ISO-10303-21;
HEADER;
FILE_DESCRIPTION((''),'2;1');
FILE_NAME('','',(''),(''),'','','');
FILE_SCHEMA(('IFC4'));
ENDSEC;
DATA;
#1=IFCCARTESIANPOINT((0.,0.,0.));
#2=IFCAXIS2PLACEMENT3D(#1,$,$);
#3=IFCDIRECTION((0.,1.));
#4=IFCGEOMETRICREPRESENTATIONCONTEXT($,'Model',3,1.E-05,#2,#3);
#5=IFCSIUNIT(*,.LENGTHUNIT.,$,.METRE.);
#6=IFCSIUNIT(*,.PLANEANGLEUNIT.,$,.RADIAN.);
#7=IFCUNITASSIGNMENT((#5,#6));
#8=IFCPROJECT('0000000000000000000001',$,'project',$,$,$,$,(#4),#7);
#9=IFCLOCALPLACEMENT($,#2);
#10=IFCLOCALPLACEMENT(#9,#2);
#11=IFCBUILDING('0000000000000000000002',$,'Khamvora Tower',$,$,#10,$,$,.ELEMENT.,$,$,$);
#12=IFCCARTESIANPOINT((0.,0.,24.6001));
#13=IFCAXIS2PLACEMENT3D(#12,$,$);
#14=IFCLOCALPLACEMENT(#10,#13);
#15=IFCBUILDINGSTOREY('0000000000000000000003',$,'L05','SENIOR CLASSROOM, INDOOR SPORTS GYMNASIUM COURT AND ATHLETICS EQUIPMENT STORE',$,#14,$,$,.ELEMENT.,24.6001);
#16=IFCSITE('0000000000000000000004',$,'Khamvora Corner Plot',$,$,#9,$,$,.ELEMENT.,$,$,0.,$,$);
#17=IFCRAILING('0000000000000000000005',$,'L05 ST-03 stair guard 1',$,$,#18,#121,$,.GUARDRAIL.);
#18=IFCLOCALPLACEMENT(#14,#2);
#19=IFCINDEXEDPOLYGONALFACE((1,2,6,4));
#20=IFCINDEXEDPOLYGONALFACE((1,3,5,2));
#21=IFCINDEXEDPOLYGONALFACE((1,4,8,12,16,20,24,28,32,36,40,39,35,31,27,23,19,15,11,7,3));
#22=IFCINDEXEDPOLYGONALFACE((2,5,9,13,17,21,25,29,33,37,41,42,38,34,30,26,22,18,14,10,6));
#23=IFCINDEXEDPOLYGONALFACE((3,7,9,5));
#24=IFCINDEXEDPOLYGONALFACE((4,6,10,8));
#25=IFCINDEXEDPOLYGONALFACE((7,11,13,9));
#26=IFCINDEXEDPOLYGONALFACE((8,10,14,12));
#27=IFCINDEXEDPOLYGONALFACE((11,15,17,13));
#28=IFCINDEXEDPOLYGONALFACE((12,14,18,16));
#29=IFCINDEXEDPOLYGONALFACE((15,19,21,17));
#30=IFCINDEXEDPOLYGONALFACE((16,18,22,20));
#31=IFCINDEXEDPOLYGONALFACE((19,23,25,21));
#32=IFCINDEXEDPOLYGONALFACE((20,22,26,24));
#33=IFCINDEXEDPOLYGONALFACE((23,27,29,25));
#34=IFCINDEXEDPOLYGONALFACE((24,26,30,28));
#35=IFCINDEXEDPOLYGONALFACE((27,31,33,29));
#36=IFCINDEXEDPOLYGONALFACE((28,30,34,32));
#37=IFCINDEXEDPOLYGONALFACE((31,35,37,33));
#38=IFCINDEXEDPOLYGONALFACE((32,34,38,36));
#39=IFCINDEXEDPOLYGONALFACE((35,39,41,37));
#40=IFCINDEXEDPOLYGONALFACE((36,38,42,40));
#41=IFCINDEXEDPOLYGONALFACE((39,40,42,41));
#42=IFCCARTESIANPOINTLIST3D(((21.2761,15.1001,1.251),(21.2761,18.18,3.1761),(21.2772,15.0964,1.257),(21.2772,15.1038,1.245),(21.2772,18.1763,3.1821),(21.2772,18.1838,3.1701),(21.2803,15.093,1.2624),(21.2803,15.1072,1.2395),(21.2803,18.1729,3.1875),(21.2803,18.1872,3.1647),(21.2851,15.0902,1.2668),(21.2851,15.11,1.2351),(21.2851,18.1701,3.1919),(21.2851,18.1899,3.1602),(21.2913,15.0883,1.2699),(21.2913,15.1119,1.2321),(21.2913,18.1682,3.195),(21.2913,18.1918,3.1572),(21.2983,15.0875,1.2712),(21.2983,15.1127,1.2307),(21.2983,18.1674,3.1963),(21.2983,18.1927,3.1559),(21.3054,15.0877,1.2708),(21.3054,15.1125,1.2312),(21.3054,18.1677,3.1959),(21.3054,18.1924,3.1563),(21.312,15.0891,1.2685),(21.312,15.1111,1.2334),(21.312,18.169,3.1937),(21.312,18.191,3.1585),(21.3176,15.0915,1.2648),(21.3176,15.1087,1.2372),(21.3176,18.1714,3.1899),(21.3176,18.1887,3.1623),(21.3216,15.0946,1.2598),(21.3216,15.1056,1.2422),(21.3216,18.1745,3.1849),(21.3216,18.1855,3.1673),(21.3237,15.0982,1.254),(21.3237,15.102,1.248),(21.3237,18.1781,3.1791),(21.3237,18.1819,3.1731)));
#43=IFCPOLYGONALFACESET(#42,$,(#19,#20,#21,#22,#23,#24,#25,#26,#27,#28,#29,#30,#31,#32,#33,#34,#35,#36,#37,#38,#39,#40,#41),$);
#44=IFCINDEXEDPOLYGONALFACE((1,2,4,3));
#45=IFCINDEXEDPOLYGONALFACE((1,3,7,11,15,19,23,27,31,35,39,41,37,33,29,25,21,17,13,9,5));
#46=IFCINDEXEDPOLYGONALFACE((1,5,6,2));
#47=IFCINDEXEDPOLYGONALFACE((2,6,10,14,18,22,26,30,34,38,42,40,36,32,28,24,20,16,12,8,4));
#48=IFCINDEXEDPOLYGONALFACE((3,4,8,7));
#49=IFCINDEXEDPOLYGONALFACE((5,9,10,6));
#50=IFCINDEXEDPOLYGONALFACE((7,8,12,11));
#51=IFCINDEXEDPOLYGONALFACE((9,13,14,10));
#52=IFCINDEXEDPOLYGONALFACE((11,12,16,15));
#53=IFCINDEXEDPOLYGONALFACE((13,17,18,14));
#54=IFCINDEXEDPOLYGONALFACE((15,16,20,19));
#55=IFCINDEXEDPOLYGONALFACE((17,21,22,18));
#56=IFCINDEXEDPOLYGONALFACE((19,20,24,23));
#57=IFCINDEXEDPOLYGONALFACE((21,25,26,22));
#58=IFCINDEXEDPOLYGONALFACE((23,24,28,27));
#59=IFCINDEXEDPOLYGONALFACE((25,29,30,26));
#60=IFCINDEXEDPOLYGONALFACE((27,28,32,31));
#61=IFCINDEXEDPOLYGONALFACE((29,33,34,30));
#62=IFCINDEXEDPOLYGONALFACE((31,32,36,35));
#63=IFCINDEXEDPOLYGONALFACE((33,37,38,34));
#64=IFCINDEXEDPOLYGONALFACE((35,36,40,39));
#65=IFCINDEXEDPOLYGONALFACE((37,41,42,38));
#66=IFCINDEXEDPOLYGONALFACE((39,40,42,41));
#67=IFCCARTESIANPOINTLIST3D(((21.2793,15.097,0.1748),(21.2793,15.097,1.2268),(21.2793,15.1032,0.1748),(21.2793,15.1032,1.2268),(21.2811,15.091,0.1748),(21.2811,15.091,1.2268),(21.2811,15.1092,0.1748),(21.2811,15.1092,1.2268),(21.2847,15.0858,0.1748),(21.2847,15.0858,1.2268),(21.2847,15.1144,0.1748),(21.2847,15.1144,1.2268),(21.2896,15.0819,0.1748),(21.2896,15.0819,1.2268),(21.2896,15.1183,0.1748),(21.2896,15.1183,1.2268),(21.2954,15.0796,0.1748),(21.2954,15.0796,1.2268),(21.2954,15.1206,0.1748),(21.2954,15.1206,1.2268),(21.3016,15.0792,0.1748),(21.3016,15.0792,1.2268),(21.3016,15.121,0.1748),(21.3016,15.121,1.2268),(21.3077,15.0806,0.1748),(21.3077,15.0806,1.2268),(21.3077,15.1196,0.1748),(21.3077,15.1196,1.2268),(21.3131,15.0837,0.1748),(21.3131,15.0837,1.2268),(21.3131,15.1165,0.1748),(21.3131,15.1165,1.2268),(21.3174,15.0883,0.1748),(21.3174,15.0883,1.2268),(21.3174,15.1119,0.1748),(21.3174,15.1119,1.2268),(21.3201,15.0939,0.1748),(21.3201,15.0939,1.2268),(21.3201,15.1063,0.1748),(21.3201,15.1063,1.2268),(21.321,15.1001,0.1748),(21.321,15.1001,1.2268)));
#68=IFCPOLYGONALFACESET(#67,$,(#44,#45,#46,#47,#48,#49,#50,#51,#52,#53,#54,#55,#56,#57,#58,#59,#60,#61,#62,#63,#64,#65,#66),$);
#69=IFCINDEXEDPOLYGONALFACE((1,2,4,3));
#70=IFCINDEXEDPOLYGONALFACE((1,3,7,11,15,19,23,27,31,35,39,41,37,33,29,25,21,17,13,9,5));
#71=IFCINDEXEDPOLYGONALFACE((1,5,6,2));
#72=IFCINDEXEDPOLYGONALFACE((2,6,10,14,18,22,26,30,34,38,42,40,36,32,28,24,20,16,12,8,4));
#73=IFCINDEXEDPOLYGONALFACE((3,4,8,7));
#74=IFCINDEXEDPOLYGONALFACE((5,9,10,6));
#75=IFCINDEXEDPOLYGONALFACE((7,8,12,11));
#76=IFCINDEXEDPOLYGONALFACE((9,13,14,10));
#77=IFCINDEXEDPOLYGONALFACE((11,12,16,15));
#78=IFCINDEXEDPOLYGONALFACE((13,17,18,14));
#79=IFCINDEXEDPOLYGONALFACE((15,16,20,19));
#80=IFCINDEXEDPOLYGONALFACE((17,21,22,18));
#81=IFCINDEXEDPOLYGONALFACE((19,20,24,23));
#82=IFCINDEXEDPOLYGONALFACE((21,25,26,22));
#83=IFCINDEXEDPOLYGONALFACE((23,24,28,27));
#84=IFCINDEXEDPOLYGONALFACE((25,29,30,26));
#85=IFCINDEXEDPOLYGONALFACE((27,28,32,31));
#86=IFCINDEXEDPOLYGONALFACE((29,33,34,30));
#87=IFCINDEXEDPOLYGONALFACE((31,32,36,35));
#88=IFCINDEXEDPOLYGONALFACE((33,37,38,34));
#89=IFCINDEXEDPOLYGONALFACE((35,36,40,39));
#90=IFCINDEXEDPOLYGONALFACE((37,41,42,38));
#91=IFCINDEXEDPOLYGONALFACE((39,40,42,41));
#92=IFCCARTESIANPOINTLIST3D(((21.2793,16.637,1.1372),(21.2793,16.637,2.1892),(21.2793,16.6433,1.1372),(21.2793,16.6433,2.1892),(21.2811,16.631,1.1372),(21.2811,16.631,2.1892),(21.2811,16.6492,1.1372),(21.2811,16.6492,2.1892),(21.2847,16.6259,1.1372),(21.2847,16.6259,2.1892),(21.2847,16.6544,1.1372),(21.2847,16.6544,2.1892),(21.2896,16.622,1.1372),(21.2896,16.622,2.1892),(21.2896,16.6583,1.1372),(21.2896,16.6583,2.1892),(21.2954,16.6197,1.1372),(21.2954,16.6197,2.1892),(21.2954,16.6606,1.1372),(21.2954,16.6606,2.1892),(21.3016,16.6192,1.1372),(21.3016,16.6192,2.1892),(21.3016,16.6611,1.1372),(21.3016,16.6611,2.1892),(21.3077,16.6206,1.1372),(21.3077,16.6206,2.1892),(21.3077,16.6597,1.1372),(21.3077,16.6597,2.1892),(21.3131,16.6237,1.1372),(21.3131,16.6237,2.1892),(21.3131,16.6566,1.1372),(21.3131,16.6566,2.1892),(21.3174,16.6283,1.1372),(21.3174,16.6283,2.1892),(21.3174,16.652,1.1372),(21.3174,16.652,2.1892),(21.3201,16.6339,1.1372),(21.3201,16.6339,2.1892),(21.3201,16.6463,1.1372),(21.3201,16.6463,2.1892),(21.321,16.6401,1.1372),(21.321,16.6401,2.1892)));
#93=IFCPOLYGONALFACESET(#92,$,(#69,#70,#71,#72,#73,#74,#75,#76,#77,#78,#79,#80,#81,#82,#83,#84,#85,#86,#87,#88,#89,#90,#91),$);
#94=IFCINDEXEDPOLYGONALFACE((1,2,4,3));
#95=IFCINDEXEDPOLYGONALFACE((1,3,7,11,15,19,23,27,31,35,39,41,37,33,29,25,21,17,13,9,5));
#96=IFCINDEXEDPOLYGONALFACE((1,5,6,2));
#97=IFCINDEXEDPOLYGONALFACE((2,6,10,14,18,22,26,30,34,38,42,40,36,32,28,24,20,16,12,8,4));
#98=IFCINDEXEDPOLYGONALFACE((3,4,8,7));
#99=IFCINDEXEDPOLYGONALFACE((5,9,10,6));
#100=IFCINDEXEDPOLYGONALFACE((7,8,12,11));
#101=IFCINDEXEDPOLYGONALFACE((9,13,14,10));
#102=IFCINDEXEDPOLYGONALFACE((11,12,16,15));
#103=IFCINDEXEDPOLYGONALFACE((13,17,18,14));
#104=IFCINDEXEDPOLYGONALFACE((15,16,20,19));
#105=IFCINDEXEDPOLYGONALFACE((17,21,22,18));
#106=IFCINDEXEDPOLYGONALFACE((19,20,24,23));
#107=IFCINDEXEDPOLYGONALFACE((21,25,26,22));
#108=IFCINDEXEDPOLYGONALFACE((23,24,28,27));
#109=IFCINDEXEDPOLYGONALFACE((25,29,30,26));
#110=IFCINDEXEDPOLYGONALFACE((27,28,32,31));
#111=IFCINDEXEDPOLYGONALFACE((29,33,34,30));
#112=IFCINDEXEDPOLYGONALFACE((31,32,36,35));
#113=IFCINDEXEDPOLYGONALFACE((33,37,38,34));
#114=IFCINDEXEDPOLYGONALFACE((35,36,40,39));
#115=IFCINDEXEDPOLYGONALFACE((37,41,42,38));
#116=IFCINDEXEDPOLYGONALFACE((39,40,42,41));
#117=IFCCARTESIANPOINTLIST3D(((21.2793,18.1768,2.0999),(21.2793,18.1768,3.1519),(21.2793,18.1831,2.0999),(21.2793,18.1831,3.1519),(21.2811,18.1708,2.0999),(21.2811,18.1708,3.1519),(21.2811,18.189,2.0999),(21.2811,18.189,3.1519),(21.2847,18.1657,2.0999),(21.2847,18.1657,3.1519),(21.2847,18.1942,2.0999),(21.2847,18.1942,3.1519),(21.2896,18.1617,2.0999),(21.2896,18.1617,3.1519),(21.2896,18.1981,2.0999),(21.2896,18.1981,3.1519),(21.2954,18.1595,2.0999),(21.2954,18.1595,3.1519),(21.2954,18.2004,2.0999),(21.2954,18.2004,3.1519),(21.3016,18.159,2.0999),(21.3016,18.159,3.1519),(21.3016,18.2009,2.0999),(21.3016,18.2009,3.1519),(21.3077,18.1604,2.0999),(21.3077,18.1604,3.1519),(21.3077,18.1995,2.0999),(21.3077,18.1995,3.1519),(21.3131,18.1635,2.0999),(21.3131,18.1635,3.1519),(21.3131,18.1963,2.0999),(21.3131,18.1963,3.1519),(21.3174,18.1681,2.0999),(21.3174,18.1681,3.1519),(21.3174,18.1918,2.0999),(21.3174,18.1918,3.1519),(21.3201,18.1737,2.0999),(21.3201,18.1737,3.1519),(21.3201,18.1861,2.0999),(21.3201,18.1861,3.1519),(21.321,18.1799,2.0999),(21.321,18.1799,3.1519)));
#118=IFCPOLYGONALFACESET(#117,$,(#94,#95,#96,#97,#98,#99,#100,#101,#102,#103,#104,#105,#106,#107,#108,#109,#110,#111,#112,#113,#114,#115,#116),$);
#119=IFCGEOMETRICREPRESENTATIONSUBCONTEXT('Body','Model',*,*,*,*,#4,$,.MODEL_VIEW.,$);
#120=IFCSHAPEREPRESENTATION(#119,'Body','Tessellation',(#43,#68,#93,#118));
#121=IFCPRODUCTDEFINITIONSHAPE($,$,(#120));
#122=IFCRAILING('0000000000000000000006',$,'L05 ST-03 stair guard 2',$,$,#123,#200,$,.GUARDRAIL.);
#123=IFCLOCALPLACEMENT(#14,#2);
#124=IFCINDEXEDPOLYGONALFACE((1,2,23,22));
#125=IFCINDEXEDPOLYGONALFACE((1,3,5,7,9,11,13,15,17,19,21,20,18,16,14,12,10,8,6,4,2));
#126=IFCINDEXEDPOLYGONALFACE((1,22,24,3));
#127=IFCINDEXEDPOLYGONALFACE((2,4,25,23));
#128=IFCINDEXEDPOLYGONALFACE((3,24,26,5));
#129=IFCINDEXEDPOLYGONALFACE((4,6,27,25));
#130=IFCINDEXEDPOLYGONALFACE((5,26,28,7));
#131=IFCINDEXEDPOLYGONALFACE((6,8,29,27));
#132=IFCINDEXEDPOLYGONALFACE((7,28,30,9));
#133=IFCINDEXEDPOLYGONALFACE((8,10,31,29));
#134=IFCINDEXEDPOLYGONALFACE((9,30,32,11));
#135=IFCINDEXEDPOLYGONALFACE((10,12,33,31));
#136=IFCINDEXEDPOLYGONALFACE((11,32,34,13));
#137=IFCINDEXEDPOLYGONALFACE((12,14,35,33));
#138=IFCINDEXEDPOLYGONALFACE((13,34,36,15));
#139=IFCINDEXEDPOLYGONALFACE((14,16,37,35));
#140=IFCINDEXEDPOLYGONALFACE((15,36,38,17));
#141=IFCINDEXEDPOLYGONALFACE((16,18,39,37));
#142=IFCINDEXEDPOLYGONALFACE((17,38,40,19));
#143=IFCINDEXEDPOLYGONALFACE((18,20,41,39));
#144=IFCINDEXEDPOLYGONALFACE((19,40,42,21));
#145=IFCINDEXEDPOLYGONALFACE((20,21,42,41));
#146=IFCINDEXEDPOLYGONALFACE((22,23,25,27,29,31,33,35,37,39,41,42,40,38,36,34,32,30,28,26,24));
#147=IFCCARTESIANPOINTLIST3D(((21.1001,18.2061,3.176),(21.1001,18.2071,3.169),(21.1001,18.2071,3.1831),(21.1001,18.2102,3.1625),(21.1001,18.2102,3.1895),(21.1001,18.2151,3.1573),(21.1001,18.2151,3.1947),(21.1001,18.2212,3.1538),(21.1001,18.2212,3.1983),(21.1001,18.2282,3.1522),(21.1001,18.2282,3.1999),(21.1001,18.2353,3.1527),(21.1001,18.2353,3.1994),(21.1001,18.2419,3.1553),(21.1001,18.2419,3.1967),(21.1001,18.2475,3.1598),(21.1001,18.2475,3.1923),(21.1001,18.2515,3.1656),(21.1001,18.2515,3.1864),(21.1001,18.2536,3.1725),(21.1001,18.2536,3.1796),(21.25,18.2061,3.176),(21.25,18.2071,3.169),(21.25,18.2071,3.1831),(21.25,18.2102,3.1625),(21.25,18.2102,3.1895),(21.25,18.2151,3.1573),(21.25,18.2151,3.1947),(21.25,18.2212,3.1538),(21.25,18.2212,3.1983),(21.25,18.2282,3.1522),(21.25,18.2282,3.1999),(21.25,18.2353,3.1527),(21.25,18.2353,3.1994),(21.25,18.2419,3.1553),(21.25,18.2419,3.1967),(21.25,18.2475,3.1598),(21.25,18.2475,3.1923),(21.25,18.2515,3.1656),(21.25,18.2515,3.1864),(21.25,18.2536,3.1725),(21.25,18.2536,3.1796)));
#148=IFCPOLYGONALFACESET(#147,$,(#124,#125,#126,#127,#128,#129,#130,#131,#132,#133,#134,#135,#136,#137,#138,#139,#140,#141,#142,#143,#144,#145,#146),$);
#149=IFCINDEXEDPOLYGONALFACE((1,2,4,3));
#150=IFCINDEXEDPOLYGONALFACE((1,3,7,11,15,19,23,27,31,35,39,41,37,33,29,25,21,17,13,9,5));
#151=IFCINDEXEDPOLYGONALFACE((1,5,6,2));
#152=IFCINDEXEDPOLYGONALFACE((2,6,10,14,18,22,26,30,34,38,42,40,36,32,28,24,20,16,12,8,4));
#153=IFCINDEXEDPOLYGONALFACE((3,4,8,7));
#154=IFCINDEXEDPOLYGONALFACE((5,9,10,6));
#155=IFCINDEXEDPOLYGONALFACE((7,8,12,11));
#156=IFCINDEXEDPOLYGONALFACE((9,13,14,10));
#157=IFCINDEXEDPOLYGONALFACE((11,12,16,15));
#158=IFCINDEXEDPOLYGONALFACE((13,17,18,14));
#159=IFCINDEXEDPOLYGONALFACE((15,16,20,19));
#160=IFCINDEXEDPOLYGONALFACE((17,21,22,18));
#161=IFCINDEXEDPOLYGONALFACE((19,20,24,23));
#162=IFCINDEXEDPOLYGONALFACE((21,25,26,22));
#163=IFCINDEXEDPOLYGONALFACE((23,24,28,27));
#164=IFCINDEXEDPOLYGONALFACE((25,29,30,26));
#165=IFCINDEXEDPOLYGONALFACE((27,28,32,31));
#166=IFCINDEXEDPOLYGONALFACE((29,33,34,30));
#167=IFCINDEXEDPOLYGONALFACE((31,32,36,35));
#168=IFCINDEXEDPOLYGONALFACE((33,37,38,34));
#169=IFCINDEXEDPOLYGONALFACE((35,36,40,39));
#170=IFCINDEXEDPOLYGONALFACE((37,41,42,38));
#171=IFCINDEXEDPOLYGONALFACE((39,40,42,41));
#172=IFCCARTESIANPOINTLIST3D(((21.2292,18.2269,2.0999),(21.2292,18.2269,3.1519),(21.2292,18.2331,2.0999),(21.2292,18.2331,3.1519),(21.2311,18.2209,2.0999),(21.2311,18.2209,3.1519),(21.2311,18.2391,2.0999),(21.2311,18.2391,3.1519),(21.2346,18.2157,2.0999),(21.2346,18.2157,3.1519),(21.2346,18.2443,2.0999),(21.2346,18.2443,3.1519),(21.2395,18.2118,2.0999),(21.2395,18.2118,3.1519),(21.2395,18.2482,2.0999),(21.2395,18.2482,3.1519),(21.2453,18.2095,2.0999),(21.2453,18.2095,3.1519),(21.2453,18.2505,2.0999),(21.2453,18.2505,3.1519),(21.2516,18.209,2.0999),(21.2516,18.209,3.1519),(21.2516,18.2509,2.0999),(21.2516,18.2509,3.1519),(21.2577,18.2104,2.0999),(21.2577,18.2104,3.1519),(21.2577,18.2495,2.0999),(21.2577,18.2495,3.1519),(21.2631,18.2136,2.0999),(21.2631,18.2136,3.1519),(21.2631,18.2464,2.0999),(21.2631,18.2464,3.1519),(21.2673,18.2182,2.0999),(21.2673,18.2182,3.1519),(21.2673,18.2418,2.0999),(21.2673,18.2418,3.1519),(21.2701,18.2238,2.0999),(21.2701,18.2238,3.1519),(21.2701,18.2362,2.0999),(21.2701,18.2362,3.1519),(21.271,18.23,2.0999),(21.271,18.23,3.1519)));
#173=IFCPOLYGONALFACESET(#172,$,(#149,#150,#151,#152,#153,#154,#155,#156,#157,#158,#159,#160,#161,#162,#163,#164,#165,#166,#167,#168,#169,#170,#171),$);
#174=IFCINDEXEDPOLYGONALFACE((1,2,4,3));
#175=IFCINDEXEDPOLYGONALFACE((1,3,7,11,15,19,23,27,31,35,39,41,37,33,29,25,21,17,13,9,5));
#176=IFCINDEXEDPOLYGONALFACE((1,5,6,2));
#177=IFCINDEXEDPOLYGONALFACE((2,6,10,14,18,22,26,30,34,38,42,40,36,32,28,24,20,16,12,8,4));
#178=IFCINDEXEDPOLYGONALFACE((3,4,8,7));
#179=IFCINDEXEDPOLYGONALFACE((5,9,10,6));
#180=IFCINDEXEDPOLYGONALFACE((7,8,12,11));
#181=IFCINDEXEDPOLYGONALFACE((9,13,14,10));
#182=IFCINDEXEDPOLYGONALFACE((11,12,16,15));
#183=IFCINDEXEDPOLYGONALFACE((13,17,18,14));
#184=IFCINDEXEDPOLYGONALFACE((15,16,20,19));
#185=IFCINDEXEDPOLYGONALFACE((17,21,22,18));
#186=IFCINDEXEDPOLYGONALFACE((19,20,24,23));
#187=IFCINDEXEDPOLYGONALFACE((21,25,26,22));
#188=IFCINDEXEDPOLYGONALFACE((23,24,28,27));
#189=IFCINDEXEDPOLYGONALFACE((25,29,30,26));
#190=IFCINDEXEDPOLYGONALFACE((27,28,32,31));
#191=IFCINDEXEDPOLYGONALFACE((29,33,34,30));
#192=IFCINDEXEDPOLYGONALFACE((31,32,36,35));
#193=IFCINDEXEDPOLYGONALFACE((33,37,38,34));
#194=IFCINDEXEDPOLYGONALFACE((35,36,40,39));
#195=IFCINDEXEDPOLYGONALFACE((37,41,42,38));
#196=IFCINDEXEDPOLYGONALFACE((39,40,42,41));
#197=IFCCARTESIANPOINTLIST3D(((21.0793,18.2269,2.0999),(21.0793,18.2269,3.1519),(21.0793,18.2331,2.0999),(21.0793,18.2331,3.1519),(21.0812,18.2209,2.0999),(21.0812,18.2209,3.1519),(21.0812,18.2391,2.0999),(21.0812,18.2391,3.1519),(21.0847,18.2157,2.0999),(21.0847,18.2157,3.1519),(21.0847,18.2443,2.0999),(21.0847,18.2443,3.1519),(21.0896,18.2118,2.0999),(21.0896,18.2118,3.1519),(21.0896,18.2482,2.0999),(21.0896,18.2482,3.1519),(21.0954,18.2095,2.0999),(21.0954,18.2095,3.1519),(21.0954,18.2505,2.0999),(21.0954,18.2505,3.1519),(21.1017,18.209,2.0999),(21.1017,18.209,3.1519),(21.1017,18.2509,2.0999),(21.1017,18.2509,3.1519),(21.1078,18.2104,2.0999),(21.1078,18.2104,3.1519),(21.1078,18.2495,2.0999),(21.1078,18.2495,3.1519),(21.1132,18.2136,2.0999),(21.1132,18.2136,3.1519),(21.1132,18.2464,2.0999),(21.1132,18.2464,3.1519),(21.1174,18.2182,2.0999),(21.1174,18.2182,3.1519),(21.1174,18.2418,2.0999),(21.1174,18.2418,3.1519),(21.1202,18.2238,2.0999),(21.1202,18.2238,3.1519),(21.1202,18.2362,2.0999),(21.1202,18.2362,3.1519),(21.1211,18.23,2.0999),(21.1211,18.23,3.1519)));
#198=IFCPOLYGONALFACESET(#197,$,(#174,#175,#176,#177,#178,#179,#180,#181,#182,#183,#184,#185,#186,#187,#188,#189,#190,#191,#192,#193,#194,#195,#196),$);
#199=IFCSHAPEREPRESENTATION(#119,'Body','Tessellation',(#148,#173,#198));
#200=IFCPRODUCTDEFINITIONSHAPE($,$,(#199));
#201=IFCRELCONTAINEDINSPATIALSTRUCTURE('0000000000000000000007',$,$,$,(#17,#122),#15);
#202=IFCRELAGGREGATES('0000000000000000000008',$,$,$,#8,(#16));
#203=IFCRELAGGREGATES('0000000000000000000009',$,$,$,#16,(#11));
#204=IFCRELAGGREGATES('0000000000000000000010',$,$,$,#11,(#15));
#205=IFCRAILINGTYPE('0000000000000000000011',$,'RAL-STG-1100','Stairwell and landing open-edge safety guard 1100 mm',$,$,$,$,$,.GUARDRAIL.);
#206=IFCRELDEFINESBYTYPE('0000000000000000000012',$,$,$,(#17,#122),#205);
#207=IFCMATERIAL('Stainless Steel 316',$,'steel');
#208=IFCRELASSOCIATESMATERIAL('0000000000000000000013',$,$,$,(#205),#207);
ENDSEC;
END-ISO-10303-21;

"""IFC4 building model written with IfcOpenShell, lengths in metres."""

from ifc_helpers import new_model, si_unit, direction, frame, origin, origin_2d, place, context, subcontext, project, spatial, circle, extrude, material, type_object, element, save


model = new_model("IFC4")

# Units and contexts
model_context = context("Model", 3, precision=1e-05, world=origin(), true_north=direction((0.0, 1.0)))
body_context = subcontext(model_context, "Body", "Model", "MODEL_VIEW")
ifc_project = project(units=[si_unit("LENGTHUNIT", "METRE"), si_unit("PLANEANGLEUNIT", "RADIAN")], contexts=[model_context])

# Site, building, storey
site_placement = place(None, origin())
site = spatial("IfcSite", under=ifc_project, at=site_placement, Name="Khamvora Corner Plot", CompositionType="ELEMENT", RefElevation=0.0)
building_placement = place(site_placement, origin())
building = spatial("IfcBuilding", under=site, at=building_placement, Name="Khamvora Tower", CompositionType="ELEMENT")
storey_placement = place(building_placement, frame((0.0, 0.0, 24.6001)))
storey = spatial("IfcBuildingStorey", under=building, at=storey_placement, Name="L05", Description="SENIOR CLASSROOM, INDOOR SPORTS GYMNASIUM COURT AND ATHLETICS EQUIPMENT STORE", CompositionType="ELEMENT", Elevation=24.6001)

# Railings
ifc_material_1 = material(Name="Stainless Steel 316", Category="steel")
railing_type_1 = type_object("IfcRailingType", Name="RAL-STG-1100", Description="Stairwell and landing open-edge safety guard 1100 mm", PredefinedType="GUARDRAIL", material=ifc_material_1)
railing_1_placement = place(storey_placement, frame((21.3, 15.1001, 0.1748)))
element("IfcRailing", 1, at=railing_1_placement, inside=storey, type_object=railing_type_1, Name="L05 ST-03 stair guard 1", PredefinedType="GUARDRAIL", context=body_context, shape_type="SweptSolid", body=[
    extrude(circle(Radius=0.0239, at=origin_2d()), frame((0.0, 0.0, 1.0762), z_axis=(0.0, 0.847979, 0.530029), x_axis=(-1.0, 0.0, 0.0)), (0.0, 0.0, 1.0), 3.6321),
    extrude(circle(Radius=0.021, at=origin_2d()), origin(), (0.0, 0.0, 1.0), 1.052),
    extrude(circle(Radius=0.021, at=origin_2d()), frame((0.0, 1.54, 0.9624)), (0.0, 0.0, 1.0), 1.052),
    extrude(circle(Radius=0.021, at=origin_2d()), frame((0.0, 3.0798, 1.925)), (0.0, 0.0, 1.0), 1.052),
])
railing_2_placement = place(storey_placement, frame((21.25, 18.23, 2.0999)))
element("IfcRailing", 2, at=railing_2_placement, inside=storey, type_object=railing_type_1, Name="L05 ST-03 stair guard 2", PredefinedType="GUARDRAIL", context=body_context, shape_type="SweptSolid", body=[
    extrude(circle(Radius=0.0239, at=origin_2d()), frame((0.0, 0.0, 1.0762), z_axis=(-1.0, 0.0, 0.0), x_axis=(0.0, -1.0, 0.0)), (0.0, 0.0, 1.0), 0.1499),
    extrude(circle(Radius=0.021, at=origin_2d()), origin(), (0.0, 0.0, 1.0), 1.052),
    extrude(circle(Radius=0.021, at=origin_2d()), frame((-0.1499, 0.0, 0.0)), (0.0, 0.0, 1.0), 1.052),
])

save(model, "model.ifc")
